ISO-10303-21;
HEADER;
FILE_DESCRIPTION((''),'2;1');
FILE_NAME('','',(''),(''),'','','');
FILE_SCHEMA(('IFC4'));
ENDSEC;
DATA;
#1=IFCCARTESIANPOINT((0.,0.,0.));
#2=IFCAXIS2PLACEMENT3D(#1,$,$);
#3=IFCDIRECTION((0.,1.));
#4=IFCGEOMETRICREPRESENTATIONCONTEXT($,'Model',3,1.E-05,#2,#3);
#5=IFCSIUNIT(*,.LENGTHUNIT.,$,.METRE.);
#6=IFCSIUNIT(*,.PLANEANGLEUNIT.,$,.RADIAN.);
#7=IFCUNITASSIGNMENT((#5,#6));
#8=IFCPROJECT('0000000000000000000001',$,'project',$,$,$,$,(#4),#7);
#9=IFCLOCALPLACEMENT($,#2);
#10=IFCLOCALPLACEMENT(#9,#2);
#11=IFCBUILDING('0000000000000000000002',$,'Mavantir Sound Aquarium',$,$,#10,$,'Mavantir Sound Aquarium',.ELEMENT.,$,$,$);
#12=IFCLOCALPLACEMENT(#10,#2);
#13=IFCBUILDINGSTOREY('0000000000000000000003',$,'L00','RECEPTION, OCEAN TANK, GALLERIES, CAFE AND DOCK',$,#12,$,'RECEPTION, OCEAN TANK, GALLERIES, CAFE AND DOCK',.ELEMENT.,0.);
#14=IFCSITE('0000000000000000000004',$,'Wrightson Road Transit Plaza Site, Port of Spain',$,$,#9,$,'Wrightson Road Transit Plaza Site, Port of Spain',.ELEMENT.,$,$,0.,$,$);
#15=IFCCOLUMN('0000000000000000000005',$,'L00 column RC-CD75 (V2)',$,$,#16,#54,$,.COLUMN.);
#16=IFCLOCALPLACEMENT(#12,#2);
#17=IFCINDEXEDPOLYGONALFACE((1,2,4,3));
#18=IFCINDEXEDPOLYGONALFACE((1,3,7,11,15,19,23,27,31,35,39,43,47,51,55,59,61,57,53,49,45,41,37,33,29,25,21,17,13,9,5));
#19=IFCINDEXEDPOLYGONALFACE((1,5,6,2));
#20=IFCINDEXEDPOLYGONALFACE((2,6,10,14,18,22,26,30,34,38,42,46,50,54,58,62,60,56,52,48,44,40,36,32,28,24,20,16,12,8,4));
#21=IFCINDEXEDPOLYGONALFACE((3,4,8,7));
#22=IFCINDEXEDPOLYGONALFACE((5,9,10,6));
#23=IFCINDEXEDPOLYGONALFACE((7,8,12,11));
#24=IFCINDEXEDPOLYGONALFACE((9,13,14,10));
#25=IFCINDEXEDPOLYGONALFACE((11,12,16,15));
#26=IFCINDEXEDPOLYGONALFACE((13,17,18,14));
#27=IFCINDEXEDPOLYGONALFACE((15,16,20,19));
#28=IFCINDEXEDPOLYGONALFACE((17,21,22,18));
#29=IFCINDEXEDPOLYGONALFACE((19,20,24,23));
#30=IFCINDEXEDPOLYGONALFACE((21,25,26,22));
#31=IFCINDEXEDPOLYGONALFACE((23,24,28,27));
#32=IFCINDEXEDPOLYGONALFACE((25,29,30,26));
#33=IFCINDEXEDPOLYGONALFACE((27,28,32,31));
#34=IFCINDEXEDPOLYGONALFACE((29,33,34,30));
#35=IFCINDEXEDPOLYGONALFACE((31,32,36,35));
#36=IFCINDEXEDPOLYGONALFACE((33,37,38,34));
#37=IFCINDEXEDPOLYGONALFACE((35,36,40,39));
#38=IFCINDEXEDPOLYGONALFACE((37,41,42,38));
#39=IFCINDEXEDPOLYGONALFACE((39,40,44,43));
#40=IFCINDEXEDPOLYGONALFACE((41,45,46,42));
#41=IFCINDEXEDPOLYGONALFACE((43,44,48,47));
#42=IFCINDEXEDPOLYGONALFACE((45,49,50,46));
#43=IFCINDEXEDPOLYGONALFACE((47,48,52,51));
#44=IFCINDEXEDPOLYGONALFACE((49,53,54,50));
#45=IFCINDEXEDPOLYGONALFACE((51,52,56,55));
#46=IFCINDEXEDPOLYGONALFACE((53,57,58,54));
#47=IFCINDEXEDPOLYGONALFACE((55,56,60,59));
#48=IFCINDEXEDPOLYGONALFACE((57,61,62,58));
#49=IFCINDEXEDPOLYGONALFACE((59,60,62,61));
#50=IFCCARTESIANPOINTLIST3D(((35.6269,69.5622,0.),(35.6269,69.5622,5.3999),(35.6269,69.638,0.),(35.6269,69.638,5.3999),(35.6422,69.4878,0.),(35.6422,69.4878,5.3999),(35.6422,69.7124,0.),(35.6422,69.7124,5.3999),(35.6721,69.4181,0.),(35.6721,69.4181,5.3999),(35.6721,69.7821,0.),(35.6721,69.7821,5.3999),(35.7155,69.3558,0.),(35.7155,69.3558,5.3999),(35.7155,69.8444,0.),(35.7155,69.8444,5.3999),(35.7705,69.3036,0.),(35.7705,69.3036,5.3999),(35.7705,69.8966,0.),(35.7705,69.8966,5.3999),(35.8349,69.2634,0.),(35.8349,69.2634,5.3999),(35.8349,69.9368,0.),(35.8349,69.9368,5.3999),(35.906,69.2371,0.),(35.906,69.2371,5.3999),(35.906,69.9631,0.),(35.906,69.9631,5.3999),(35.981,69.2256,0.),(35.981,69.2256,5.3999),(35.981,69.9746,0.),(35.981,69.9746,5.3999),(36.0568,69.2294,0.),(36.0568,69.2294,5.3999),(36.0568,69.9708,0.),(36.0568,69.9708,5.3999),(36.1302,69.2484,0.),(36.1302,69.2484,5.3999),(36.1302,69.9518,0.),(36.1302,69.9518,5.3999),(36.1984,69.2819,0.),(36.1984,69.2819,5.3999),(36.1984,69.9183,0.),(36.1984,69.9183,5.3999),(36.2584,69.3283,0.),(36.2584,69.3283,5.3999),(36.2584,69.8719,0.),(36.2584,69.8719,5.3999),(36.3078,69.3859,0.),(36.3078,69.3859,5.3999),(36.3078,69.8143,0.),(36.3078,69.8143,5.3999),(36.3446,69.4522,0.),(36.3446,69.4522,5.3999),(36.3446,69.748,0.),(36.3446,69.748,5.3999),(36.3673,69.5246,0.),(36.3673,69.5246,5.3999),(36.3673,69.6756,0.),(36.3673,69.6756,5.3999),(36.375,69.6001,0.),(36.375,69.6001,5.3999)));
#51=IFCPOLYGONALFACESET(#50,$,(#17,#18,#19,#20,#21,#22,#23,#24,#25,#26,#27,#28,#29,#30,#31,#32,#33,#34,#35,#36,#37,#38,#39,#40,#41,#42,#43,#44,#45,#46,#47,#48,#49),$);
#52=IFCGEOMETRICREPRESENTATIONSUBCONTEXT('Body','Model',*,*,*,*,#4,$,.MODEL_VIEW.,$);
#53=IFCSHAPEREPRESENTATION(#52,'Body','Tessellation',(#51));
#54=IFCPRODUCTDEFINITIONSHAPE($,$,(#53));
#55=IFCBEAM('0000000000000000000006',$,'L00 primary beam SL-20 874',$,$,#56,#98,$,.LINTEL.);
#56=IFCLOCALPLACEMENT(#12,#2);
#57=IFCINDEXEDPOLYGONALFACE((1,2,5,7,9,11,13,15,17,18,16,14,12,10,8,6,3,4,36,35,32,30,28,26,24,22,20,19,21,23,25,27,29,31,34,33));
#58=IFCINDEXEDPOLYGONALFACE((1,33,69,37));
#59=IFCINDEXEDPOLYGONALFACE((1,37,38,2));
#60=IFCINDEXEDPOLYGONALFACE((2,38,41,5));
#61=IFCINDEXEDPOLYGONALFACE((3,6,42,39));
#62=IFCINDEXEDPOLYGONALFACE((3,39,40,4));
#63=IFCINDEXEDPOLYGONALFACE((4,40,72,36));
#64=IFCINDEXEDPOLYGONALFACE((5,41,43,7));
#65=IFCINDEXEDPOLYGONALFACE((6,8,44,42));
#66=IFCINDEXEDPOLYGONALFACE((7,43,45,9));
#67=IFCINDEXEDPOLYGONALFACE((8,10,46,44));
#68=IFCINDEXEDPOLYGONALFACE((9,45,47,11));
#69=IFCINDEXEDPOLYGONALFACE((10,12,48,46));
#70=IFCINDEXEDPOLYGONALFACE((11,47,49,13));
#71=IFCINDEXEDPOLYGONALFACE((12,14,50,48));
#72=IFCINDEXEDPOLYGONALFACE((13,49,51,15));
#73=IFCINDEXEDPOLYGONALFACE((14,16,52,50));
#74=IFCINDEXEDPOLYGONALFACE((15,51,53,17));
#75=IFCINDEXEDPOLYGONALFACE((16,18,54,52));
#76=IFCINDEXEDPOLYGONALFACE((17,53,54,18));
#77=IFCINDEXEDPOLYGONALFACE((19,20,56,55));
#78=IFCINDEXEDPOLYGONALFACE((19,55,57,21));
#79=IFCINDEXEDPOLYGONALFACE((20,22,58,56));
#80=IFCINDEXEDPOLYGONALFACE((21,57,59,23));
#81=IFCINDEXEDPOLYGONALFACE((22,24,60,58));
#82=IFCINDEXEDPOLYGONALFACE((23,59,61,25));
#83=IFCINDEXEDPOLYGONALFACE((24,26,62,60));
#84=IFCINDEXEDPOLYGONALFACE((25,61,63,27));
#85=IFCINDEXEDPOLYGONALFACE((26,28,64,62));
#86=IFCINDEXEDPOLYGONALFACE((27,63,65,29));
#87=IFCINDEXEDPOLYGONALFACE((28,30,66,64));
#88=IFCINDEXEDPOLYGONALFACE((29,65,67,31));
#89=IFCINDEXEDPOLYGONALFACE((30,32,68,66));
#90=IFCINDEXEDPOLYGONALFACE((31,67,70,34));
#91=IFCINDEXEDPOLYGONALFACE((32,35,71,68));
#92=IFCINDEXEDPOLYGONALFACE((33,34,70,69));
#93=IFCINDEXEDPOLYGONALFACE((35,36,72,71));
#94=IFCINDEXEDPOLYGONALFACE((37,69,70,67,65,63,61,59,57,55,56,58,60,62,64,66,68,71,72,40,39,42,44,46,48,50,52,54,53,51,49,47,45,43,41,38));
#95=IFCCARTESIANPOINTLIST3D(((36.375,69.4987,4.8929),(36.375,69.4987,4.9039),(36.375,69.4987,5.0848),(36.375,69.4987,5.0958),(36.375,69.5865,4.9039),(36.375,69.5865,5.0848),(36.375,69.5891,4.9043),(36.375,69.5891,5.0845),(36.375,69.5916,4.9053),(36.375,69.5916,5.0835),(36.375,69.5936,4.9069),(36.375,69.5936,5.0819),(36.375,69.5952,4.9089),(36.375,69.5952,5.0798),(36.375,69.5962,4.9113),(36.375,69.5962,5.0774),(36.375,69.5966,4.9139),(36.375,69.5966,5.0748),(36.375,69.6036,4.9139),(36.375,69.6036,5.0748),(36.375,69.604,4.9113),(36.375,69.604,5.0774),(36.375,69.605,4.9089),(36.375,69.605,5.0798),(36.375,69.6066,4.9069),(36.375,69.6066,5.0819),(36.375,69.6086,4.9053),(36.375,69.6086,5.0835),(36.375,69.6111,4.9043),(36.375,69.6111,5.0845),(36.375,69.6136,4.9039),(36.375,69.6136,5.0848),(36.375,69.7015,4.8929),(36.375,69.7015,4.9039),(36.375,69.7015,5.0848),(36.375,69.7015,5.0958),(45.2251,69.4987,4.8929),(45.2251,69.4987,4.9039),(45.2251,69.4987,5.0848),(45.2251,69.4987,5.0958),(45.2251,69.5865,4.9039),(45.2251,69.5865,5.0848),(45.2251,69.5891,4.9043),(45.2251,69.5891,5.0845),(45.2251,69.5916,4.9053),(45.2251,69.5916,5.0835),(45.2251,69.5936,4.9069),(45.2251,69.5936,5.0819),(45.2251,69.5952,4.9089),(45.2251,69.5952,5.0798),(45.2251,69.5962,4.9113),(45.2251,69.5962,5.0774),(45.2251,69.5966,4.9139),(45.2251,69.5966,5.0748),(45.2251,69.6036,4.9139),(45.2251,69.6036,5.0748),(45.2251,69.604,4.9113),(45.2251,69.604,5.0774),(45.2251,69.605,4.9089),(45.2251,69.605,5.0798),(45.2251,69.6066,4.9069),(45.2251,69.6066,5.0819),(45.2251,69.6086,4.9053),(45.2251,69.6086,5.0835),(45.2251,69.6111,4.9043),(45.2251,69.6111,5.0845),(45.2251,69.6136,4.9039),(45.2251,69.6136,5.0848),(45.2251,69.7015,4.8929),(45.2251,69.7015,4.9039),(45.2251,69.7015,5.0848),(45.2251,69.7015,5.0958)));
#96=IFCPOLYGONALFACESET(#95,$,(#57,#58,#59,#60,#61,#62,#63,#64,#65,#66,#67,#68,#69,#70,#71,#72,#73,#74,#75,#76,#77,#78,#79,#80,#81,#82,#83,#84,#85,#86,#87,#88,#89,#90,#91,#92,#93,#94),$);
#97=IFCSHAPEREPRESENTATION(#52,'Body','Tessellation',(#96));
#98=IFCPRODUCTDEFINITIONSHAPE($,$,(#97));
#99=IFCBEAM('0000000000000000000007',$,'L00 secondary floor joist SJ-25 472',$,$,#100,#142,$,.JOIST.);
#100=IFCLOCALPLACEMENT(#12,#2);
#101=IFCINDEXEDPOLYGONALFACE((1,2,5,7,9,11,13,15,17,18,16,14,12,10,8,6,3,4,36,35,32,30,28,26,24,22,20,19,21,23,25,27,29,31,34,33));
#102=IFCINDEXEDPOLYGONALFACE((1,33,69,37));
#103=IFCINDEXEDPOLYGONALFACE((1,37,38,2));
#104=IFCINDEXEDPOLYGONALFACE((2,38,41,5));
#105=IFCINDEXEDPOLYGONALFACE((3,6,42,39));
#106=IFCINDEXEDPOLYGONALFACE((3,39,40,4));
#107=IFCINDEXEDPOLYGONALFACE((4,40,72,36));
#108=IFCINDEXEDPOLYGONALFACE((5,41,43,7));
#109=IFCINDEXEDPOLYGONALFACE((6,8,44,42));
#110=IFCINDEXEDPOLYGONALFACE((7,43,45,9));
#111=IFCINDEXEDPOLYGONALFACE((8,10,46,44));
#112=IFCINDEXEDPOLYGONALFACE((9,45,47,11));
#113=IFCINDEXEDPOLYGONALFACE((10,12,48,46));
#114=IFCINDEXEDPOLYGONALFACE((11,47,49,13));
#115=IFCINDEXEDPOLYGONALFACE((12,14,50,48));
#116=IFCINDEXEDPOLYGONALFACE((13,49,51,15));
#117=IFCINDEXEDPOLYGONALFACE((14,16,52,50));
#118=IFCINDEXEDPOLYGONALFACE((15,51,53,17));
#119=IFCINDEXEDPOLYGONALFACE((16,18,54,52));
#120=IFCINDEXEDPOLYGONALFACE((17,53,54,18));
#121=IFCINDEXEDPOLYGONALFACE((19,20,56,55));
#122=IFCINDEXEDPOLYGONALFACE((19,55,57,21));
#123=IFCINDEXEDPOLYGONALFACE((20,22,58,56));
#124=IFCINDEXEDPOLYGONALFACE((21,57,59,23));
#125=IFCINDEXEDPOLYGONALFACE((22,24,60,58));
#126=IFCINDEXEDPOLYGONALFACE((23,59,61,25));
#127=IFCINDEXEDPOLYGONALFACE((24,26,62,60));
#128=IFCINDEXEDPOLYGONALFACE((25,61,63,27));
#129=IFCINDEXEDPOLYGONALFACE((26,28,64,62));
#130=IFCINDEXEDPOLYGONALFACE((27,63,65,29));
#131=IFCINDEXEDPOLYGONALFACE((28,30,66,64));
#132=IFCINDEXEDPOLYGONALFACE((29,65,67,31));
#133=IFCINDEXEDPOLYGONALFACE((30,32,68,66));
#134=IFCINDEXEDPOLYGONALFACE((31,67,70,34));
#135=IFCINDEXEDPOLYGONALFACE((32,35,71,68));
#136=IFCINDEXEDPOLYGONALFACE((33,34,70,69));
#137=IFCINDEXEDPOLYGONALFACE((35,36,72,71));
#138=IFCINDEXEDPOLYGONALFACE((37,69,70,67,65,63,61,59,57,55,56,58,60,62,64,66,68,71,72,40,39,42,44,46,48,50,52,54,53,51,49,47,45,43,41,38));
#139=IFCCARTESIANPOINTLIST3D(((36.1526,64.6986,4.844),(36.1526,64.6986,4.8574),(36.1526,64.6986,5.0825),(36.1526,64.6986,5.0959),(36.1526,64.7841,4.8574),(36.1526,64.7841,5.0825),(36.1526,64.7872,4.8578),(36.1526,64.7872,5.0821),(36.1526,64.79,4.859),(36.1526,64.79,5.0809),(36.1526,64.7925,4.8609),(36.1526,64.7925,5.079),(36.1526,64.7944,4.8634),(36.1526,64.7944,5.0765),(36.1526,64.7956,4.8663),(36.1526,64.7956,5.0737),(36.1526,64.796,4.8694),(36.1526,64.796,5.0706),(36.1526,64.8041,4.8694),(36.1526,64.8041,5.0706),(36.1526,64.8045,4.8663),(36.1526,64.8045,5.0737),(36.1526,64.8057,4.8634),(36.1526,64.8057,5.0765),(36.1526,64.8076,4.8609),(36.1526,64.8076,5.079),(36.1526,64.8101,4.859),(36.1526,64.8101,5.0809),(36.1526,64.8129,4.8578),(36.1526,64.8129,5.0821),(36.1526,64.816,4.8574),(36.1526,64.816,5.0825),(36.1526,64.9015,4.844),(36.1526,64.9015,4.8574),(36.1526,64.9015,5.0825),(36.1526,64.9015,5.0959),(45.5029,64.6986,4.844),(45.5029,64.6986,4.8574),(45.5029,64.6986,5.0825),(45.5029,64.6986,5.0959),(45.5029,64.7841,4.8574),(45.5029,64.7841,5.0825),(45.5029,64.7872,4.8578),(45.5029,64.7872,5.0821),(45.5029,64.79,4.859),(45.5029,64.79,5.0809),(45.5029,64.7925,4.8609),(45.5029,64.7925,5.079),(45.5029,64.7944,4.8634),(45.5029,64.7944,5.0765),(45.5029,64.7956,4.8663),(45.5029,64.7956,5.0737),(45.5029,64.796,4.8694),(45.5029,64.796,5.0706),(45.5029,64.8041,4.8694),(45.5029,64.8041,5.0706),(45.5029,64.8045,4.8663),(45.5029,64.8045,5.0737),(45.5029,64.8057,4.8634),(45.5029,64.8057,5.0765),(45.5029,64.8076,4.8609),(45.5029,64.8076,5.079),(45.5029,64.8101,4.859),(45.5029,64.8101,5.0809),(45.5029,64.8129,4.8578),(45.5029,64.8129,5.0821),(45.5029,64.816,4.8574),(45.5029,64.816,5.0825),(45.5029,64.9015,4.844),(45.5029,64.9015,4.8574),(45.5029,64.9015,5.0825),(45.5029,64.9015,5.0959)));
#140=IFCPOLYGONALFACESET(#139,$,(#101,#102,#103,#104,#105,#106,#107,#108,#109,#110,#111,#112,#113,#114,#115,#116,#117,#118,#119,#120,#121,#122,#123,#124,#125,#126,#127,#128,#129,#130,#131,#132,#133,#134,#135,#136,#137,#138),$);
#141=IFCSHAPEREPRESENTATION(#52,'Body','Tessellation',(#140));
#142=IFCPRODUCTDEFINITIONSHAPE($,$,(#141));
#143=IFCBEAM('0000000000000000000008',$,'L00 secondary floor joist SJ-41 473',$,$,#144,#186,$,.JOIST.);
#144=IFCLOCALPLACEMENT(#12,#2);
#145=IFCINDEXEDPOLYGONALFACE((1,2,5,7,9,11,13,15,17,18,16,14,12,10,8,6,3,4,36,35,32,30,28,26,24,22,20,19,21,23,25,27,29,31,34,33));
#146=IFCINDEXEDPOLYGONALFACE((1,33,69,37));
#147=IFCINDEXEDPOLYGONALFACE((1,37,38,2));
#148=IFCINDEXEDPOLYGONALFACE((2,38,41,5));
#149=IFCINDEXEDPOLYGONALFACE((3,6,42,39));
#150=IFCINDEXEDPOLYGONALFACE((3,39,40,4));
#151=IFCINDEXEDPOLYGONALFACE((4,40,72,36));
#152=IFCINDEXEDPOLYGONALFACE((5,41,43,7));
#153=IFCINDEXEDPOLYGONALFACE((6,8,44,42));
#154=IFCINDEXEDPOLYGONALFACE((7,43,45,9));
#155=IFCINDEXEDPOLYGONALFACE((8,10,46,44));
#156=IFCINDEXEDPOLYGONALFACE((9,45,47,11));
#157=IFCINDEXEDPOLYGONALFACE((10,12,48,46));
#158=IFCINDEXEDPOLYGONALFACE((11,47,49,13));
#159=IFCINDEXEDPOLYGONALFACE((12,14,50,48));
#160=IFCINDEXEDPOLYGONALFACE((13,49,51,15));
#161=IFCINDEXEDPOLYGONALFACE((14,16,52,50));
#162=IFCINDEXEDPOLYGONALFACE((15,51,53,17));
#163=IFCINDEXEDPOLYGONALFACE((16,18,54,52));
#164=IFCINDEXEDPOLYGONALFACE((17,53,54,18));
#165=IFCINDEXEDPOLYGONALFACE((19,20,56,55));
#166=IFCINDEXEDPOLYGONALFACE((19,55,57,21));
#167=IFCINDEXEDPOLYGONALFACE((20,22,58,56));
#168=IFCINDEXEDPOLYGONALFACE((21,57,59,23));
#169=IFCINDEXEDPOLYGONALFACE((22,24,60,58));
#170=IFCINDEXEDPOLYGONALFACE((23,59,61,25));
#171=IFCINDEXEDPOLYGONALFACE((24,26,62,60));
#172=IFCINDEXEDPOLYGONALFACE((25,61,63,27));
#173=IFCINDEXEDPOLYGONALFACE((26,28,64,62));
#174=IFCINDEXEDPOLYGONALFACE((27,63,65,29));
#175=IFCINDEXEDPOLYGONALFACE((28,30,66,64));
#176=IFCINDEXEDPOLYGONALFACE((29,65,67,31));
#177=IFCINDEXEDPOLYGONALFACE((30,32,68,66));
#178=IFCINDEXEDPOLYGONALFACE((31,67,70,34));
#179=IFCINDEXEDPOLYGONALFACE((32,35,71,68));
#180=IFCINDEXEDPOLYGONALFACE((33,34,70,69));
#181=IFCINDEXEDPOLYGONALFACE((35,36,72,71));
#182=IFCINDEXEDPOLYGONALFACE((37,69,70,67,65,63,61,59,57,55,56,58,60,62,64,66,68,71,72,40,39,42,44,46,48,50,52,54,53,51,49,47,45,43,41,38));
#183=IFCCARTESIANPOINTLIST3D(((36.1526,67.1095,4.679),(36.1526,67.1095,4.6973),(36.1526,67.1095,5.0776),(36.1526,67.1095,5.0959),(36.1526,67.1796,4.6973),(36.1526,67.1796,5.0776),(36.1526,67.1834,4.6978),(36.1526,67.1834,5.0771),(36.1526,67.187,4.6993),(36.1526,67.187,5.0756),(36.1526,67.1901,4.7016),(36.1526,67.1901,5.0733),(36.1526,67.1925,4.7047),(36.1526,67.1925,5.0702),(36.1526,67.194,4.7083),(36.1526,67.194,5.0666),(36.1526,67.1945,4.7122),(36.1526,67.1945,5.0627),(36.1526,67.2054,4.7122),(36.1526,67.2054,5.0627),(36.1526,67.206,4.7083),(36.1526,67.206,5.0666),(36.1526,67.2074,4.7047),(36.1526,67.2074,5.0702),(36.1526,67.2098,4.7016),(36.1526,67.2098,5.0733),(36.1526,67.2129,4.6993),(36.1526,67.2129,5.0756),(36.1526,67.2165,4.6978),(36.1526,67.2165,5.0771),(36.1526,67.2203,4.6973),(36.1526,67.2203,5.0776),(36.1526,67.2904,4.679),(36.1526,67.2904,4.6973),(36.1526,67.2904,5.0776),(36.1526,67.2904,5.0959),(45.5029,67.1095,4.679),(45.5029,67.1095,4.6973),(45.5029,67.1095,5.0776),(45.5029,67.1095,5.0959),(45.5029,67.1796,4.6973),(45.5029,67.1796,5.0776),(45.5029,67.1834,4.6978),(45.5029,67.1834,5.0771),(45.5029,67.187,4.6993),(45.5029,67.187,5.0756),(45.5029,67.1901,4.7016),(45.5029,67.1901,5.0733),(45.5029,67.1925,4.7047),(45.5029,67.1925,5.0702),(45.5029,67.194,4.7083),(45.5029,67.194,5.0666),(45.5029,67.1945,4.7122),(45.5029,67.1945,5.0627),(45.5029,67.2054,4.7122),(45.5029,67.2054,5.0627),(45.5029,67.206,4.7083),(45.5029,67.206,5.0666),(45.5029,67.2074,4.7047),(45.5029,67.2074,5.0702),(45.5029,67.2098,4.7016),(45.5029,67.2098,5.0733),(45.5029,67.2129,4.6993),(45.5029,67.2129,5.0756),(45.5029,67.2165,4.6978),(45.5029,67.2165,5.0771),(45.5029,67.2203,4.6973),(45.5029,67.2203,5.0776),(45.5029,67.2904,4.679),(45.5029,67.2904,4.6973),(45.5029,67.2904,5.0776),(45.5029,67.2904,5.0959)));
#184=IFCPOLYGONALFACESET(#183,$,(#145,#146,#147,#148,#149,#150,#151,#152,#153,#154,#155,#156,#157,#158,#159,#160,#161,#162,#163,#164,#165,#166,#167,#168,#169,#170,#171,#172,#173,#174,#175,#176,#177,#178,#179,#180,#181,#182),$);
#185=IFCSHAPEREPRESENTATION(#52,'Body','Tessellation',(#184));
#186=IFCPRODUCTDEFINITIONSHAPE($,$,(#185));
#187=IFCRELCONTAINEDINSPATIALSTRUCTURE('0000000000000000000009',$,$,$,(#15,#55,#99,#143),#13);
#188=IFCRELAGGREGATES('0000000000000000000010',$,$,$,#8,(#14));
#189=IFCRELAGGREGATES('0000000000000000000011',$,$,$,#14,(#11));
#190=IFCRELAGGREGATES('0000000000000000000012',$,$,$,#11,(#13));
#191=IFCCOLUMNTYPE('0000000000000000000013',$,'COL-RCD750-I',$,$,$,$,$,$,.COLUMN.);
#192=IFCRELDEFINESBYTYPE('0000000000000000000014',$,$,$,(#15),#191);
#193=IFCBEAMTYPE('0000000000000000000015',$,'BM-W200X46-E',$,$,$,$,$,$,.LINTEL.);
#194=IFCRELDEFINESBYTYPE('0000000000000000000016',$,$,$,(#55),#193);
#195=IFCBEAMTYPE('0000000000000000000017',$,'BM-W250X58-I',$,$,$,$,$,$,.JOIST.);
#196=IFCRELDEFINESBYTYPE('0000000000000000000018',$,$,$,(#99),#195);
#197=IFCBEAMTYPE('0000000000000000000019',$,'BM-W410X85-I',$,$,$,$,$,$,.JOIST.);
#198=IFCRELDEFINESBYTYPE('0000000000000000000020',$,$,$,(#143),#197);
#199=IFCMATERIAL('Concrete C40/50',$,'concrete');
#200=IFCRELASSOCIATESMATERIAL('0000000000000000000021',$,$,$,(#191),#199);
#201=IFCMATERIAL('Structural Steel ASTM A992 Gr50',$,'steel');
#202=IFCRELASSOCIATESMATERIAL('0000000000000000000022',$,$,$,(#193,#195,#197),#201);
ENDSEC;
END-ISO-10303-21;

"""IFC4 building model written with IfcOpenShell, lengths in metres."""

from ifc_helpers import new_model, si_unit, direction, frame, origin, origin_2d, place, context, subcontext, project, spatial, circle, i_section, extrude, material, material_profile, profile_set, type_object, element, save


model = new_model("IFC4")

# Units and contexts
model_context = context("Model", 3, precision=1e-05, world=origin(), true_north=direction((0.0, 1.0)))
body_context = subcontext(model_context, "Body", "Model", "MODEL_VIEW")
ifc_project = project(units=[si_unit("LENGTHUNIT", "METRE"), si_unit("PLANEANGLEUNIT", "RADIAN")], contexts=[model_context])

# Site, building, storey
site_placement = place(None, origin())
site = spatial("IfcSite", under=ifc_project, at=site_placement, Name="Wrightson Road Transit Plaza Site, Port of Spain", LongName="Wrightson Road Transit Plaza Site, Port of Spain", CompositionType="ELEMENT", RefElevation=0.0)
building_placement = place(site_placement, origin())
building = spatial("IfcBuilding", under=site, at=building_placement, Name="Mavantir Sound Aquarium", LongName="Mavantir Sound Aquarium", CompositionType="ELEMENT")
storey_placement = place(building_placement, origin())
storey = spatial("IfcBuildingStorey", under=building, at=storey_placement, Name="L00", Description="RECEPTION, OCEAN TANK, GALLERIES, CAFE AND DOCK", LongName="RECEPTION, OCEAN TANK, GALLERIES, CAFE AND DOCK", CompositionType="ELEMENT", Elevation=0.0)

# Column
ifc_material_1 = material(Name="Concrete C40/50", Category="concrete")
ifc_material_profile_1 = material_profile(ifc_material_1, circle(Radius=0.375, at=origin_2d()), Name="RC D750")
ifc_profile_set_1 = profile_set([ifc_material_profile_1], Name="Concrete C40/50")
column_type = type_object("IfcColumnType", Name="COL-RCD750-I", PredefinedType="COLUMN", material=ifc_profile_set_1)
column_placement = place(storey_placement, frame((36.0, 69.6001, 0.0), z_axis=(0.0, 0.0, 1.0), x_axis=(1.0, 0.0, 0.0)))
element("IfcColumn", 1, at=column_placement, inside=storey, type_object=column_type, Name="L00 column RC-CD75 (V2)", PredefinedType="COLUMN", context=body_context, shape_type="SweptSolid", body=[
    extrude(circle(Radius=0.375, at=origin_2d()), origin(), (0.0, 0.0, 1.0), 5.3999),
])

# Beams
ifc_material_2 = material(Name="Structural Steel ASTM A992 Gr50", Category="steel")
ifc_material_profile_2 = material_profile(ifc_material_2, i_section(OverallWidth=0.2029, OverallDepth=0.2029, WebThickness=0.0071, FlangeThickness=0.011, FilletRadius=0.01, at=origin_2d()), Name="W200X46")
ifc_profile_set_2 = profile_set([ifc_material_profile_2], Name="Structural Steel ASTM A992 Gr50")
beam_type_1 = type_object("IfcBeamType", Name="BM-W200X46-E", PredefinedType="LINTEL", material=ifc_profile_set_2)
beam_1_placement = place(storey_placement, frame((36.375, 69.6001, 4.9944), z_axis=(1.0, 0.0, 0.0), x_axis=(0.0, 1.0, 0.0)))
element("IfcBeam", 2, at=beam_1_placement, inside=storey, type_object=beam_type_1, Name="L00 primary beam SL-20 874", PredefinedType="LINTEL", context=body_context, shape_type="SweptSolid", body=[
    extrude(i_section(OverallWidth=0.2029, OverallDepth=0.2029, WebThickness=0.0071, FlangeThickness=0.011, FilletRadius=0.01, at=origin_2d()), origin(), (0.0, 0.0, 1.0), 8.8501),
])
ifc_material_profile_3 = material_profile(ifc_material_2, i_section(OverallWidth=0.2029, OverallDepth=0.252, WebThickness=0.0081, FlangeThickness=0.0134, FilletRadius=0.012, at=origin_2d()), Name="W250X58")
ifc_profile_set_3 = profile_set([ifc_material_profile_3], Name="Structural Steel ASTM A992 Gr50")
beam_type_2 = type_object("IfcBeamType", Name="BM-W250X58-I", PredefinedType="JOIST", material=ifc_profile_set_3)
beam_2_placement = place(storey_placement, frame((36.1526, 64.8, 4.97), z_axis=(1.0, 0.0, 0.0), x_axis=(0.0, 1.0, 0.0)))
element("IfcBeam", 3, at=beam_2_placement, inside=storey, type_object=beam_type_2, Name="L00 secondary floor joist SJ-25 472", PredefinedType="JOIST", context=body_context, shape_type="SweptSolid", body=[
    extrude(i_section(OverallWidth=0.2029, OverallDepth=0.252, WebThickness=0.0081, FlangeThickness=0.0134, FilletRadius=0.012, at=origin_2d()), origin(), (0.0, 0.0, 1.0), 9.3503),
])
ifc_material_profile_4 = material_profile(ifc_material_2, i_section(OverallWidth=0.1809, OverallDepth=0.417, WebThickness=0.011, FlangeThickness=0.0183, FilletRadius=0.0149, at=origin_2d()), Name="W410X85")
ifc_profile_set_4 = profile_set([ifc_material_profile_4], Name="Structural Steel ASTM A992 Gr50")
beam_type_3 = type_object("IfcBeamType", Name="BM-W410X85-I", PredefinedType="JOIST", material=ifc_profile_set_4)
beam_3_placement = place(storey_placement, frame((36.1526, 67.2, 4.8875), z_axis=(1.0, 0.0, 0.0), x_axis=(0.0, 1.0, 0.0)))
element("IfcBeam", 4, at=beam_3_placement, inside=storey, type_object=beam_type_3, Name="L00 secondary floor joist SJ-41 473", PredefinedType="JOIST", context=body_context, shape_type="SweptSolid", body=[
    extrude(i_section(OverallWidth=0.1809, OverallDepth=0.417, WebThickness=0.011, FlangeThickness=0.0183, FilletRadius=0.0149, at=origin_2d()), origin(), (0.0, 0.0, 1.0), 9.3503),
])

save(model, "model.ifc")
